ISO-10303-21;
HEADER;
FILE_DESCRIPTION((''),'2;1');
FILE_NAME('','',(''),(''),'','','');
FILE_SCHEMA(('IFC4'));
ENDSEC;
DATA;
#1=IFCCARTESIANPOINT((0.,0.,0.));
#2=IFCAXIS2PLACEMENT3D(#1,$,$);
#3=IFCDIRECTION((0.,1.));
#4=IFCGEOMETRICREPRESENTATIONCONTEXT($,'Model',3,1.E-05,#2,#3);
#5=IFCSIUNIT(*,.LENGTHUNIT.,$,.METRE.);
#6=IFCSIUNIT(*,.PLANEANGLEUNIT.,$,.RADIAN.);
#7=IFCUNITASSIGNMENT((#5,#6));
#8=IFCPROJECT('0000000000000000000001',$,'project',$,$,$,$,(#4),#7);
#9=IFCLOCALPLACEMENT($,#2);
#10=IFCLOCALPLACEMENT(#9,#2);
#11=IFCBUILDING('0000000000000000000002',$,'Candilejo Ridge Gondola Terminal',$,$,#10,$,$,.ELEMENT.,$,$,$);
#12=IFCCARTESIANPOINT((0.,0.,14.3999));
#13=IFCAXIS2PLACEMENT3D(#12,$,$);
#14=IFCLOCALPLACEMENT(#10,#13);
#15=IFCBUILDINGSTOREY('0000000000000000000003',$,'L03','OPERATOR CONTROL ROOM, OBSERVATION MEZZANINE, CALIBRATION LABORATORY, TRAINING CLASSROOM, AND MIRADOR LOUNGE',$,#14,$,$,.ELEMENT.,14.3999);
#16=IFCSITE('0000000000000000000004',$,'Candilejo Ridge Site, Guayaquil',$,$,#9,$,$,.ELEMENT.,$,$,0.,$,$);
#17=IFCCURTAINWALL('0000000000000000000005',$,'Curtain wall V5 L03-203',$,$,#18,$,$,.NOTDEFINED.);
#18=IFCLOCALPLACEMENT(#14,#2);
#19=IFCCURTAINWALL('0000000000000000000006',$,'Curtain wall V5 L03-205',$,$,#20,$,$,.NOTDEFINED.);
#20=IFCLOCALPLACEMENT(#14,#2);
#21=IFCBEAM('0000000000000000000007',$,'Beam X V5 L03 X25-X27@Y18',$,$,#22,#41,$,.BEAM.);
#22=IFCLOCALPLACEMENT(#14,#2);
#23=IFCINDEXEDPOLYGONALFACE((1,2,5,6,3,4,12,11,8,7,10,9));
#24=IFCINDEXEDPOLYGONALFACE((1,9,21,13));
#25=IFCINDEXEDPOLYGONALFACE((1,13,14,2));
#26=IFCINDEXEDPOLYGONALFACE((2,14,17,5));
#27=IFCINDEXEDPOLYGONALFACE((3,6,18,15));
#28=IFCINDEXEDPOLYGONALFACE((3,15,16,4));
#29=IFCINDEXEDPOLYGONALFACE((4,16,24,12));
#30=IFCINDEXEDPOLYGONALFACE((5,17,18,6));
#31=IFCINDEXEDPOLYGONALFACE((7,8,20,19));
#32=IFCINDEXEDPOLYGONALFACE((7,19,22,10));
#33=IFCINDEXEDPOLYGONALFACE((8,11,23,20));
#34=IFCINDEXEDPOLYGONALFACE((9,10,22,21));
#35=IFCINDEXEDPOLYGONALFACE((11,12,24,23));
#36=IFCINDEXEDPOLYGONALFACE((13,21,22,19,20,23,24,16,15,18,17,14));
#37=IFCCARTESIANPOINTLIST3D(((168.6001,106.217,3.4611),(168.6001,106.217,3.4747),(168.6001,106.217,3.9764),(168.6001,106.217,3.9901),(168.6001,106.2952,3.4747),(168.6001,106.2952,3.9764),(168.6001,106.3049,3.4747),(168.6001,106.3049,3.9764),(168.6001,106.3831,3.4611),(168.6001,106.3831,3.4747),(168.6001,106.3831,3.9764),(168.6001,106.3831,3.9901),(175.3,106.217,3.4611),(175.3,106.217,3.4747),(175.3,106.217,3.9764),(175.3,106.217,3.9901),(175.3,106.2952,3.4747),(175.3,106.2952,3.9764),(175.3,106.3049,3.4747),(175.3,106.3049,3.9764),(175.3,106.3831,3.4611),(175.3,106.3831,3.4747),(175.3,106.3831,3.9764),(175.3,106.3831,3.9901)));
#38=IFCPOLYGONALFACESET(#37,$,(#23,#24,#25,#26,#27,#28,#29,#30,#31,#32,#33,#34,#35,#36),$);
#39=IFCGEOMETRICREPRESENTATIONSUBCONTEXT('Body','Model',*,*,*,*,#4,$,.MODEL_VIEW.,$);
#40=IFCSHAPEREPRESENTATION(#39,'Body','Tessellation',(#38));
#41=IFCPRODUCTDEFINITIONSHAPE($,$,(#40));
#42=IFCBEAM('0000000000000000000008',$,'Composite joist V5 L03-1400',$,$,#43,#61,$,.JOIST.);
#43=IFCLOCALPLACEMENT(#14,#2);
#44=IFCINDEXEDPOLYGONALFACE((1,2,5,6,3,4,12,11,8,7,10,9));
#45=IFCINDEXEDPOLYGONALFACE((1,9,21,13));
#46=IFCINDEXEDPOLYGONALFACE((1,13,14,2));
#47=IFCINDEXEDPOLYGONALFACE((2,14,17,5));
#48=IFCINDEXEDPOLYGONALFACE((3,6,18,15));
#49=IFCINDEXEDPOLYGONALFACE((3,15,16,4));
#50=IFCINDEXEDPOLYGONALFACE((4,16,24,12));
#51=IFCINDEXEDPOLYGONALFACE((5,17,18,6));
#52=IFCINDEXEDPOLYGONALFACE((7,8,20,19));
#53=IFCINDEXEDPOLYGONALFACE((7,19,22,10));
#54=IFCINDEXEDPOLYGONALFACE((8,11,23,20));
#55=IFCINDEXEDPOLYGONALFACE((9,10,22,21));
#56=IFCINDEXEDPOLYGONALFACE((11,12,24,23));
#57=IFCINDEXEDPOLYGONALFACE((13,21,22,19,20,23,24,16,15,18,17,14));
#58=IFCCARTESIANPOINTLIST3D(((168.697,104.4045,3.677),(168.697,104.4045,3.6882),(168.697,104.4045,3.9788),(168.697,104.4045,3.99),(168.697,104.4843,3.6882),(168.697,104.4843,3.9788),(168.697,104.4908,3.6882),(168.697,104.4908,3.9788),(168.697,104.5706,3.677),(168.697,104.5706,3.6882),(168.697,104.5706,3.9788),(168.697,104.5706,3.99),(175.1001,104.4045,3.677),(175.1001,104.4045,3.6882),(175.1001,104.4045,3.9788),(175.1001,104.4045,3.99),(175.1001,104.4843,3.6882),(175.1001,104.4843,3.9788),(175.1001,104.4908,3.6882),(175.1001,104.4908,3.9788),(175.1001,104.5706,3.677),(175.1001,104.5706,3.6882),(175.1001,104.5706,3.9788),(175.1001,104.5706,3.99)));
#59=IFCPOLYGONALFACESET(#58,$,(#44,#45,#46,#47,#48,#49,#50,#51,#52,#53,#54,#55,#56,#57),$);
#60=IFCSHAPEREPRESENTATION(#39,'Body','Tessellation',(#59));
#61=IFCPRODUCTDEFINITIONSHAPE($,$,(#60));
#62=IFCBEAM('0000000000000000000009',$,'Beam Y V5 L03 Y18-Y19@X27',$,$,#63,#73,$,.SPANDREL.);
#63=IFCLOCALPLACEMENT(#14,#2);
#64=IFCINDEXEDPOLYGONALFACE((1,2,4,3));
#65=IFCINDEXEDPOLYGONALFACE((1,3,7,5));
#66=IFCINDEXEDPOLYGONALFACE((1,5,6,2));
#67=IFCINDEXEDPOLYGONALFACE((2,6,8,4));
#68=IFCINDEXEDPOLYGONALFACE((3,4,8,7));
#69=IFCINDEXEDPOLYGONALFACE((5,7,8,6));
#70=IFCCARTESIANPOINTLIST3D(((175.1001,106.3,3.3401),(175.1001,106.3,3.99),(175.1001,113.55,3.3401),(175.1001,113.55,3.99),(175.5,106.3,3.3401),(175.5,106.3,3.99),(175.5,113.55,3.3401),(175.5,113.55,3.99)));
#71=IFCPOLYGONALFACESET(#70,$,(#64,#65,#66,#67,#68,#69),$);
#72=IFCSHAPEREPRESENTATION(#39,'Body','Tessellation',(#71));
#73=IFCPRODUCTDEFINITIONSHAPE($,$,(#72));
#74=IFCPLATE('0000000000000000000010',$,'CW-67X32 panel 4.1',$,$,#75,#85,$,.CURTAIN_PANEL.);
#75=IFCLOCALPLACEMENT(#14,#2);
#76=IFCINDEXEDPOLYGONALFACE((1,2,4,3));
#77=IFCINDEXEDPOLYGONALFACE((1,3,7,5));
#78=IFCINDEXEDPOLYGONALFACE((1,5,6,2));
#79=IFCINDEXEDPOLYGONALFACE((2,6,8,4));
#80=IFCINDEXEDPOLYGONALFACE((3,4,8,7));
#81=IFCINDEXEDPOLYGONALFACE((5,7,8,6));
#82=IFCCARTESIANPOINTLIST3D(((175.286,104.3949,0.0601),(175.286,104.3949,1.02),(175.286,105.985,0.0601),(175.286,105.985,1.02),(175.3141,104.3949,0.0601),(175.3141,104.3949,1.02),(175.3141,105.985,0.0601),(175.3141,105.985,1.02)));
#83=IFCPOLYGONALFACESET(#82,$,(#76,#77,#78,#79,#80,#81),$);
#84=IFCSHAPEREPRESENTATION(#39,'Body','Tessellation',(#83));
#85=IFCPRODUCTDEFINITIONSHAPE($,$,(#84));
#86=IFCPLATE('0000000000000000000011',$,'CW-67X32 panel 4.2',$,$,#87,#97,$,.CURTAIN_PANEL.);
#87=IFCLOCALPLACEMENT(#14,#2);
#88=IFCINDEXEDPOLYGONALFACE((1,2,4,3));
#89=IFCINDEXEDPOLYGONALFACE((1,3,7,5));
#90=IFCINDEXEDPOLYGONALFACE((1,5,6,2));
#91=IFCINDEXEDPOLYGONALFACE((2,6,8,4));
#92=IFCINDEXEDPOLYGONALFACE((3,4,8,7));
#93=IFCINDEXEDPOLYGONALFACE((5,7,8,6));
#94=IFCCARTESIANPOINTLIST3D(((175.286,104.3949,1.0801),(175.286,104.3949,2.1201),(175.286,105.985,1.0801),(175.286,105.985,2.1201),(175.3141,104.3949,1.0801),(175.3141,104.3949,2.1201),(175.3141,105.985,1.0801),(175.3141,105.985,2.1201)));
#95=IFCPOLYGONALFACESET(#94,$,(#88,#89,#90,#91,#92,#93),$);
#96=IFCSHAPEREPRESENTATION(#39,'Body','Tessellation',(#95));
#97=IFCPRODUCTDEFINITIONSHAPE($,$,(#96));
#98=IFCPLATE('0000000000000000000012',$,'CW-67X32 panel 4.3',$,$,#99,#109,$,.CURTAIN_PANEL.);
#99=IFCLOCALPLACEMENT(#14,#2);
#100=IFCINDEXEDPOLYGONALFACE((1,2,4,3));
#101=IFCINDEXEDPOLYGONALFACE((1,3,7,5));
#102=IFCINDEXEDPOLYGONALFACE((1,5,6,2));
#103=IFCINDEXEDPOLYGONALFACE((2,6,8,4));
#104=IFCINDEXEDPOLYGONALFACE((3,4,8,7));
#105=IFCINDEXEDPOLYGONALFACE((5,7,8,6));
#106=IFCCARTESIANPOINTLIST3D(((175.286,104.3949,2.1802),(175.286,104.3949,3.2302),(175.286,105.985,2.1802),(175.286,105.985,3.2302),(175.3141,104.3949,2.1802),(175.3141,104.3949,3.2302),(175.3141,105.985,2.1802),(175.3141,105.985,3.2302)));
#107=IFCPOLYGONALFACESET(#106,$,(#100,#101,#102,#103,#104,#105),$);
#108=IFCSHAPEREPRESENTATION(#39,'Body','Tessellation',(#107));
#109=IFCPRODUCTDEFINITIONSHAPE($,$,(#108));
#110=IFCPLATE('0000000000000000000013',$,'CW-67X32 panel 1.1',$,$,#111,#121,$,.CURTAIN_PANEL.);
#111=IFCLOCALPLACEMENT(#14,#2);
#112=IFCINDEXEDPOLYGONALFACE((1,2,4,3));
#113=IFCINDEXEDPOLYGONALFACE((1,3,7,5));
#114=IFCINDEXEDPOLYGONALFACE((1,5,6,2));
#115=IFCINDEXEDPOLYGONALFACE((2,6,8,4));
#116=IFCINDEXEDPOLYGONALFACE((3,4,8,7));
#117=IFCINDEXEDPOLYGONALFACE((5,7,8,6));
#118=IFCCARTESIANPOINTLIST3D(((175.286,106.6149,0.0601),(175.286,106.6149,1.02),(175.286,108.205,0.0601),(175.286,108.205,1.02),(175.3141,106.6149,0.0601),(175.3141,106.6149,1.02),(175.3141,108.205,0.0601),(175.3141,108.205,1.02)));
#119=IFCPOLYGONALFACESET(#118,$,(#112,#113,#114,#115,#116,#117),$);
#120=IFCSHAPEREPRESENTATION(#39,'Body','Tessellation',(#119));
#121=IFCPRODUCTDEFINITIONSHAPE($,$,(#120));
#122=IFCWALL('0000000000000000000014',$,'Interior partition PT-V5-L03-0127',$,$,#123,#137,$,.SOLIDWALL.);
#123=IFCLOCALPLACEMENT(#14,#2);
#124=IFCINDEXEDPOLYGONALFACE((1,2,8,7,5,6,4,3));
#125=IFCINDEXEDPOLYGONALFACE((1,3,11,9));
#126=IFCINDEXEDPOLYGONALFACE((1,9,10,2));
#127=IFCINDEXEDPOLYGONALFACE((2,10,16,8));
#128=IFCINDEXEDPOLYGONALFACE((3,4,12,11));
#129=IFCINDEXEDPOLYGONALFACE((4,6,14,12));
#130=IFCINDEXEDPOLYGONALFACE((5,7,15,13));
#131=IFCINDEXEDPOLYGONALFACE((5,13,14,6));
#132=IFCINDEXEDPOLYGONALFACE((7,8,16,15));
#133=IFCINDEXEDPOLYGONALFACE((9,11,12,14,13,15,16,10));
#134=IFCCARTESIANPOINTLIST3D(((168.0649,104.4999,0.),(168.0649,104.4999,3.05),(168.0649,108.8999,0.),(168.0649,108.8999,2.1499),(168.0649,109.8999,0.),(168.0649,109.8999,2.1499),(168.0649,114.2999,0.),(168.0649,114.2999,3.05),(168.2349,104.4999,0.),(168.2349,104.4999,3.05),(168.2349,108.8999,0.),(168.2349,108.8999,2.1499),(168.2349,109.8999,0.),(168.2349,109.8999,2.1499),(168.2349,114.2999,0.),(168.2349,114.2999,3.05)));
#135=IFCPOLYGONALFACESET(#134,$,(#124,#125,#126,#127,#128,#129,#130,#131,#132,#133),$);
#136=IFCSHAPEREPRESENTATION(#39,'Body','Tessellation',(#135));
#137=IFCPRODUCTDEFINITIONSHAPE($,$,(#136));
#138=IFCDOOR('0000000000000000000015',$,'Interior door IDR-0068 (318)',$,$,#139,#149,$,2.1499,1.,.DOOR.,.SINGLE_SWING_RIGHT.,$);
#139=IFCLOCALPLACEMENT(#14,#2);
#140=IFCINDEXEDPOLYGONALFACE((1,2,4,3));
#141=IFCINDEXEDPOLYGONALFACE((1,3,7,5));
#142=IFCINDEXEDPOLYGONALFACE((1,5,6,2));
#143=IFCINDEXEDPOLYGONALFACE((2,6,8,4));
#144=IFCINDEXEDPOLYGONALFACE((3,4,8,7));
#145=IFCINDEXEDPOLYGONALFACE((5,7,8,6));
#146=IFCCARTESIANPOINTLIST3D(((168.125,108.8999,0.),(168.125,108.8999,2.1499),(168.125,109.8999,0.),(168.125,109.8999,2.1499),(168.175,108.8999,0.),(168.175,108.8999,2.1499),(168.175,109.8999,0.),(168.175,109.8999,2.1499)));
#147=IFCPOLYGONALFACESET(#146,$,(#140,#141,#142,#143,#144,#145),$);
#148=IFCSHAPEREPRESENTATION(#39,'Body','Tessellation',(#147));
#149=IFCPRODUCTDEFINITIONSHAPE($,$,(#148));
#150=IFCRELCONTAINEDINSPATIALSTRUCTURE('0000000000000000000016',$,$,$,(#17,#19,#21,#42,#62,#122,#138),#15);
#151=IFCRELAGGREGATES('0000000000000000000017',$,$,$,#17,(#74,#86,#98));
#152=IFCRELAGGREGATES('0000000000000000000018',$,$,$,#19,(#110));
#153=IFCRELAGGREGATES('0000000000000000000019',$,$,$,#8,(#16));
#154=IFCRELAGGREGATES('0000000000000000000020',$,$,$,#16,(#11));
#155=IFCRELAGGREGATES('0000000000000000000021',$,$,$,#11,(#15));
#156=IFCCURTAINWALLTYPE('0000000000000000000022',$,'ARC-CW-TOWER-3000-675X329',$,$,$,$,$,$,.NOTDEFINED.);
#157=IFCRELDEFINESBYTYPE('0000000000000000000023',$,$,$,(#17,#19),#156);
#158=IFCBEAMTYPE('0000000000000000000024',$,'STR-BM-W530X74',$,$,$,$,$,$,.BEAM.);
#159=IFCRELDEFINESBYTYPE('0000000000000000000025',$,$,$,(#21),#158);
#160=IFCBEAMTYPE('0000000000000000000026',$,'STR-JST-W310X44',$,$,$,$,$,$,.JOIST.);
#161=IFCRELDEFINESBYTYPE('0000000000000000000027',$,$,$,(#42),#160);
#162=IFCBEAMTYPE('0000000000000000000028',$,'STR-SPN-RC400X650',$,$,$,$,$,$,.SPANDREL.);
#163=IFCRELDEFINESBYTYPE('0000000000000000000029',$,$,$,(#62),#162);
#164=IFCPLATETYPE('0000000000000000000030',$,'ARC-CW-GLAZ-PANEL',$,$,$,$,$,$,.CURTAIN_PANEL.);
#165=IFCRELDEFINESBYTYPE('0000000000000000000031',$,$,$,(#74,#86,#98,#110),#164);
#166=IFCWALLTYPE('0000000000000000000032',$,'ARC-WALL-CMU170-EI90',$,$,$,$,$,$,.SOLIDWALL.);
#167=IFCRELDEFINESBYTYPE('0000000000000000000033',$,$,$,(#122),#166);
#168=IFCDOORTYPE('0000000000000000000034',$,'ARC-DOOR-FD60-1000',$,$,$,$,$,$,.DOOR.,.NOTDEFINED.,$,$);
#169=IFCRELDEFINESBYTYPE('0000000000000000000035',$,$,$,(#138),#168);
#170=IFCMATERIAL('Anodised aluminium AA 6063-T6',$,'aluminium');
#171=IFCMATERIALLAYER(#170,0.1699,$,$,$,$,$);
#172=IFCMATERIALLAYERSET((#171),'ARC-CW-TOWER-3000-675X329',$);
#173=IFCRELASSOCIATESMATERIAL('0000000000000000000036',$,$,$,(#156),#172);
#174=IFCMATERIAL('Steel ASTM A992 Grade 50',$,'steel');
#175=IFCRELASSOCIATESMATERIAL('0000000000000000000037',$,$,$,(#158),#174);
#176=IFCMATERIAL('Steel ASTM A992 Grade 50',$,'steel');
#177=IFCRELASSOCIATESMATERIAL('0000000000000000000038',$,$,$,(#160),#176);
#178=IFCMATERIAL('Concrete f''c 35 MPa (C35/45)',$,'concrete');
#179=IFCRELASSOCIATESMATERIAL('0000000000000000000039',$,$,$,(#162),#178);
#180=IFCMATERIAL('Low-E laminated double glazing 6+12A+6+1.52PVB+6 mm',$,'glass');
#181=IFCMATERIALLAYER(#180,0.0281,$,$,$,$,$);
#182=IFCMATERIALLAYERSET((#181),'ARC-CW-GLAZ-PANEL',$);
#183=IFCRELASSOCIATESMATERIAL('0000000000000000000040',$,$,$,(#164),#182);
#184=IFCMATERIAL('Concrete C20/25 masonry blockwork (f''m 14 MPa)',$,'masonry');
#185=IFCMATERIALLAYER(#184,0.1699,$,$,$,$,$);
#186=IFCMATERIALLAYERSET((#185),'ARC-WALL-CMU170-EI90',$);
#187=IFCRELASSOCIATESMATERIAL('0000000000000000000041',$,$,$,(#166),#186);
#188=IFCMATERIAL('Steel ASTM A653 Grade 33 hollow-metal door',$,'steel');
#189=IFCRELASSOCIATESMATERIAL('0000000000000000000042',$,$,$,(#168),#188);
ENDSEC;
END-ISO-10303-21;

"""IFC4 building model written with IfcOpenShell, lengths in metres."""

from ifc_helpers import new_model, si_unit, direction, frame, frame_2d, origin, origin_2d, place, context, subcontext, project, spatial, rectangle, i_section, extrude, material, layer, layer_set, material_profile, profile_set, type_object, element, fill, aggregate, save


model = new_model("IFC4")

# Units and contexts
model_context = context("Model", 3, precision=1e-05, world=origin(), true_north=direction((0.0, 1.0)))
body_context = subcontext(model_context, "Body", "Model", "MODEL_VIEW")
ifc_project = project(units=[si_unit("LENGTHUNIT", "METRE"), si_unit("PLANEANGLEUNIT", "RADIAN")], contexts=[model_context])

# Site, building, storey
site_placement = place(None, origin())
site = spatial("IfcSite", under=ifc_project, at=site_placement, Name="Candilejo Ridge Site, Guayaquil", CompositionType="ELEMENT", RefElevation=0.0)
building_placement = place(site_placement, origin())
building = spatial("IfcBuilding", under=site, at=building_placement, Name="Candilejo Ridge Gondola Terminal", CompositionType="ELEMENT")
storey_placement = place(building_placement, frame((0.0, 0.0, 14.3999)))
storey = spatial("IfcBuildingStorey", under=building, at=storey_placement, Name="L03", Description="OPERATOR CONTROL ROOM, OBSERVATION MEZZANINE, CALIBRATION LABORATORY, TRAINING CLASSROOM, AND MIRADOR LOUNGE", CompositionType="ELEMENT", Elevation=14.3999)

# Curtain walls
ifc_material_1 = material(Name="Anodised aluminium AA 6063-T6", Category="aluminium")
ifc_layer_1 = layer(ifc_material_1, 0.1699)
ifc_layer_set_1 = layer_set([ifc_layer_1], Name="ARC-CW-TOWER-3000-675X329")
curtain_wall_type = type_object("IfcCurtainWallType", Name="ARC-CW-TOWER-3000-675X329", PredefinedType="NOTDEFINED", material=ifc_layer_set_1)
curtain_wall_1_placement = place(storey_placement, origin())
curtain_wall_1 = element("IfcCurtainWall", 1, at=curtain_wall_1_placement, inside=storey, type_object=curtain_wall_type, Name="Curtain wall V5 L03-203", PredefinedType="NOTDEFINED")
curtain_wall_2_placement = place(storey_placement, origin())
curtain_wall_2 = element("IfcCurtainWall", 2, at=curtain_wall_2_placement, inside=storey, type_object=curtain_wall_type, Name="Curtain wall V5 L03-205", PredefinedType="NOTDEFINED")

# Beams
ifc_material_2 = material(Name="Steel ASTM A992 Grade 50", Category="steel")
ifc_material_profile_1 = material_profile(ifc_material_2, i_section(OverallWidth=0.166, OverallDepth=0.5291, WebThickness=0.0098, FlangeThickness=0.0137, at=origin_2d()))
ifc_profile_set_1 = profile_set([ifc_material_profile_1], Name="Steel ASTM A992 Grade 50")
beam_type_1 = type_object("IfcBeamType", Name="STR-BM-W530X74", PredefinedType="BEAM", material=ifc_profile_set_1)
beam_1_placement = place(storey_placement, frame((168.6001, 106.3, 3.7256), z_axis=(1.0, 0.0, 0.0), x_axis=(0.0, 1.0, 0.0)))
element("IfcBeam", 3, at=beam_1_placement, inside=storey, type_object=beam_type_1, Name="Beam X V5 L03 X25-X27@Y18", PredefinedType="BEAM", context=body_context, shape_type="SweptSolid", body=[
    extrude(i_section(OverallWidth=0.166, OverallDepth=0.5291, WebThickness=0.0098, FlangeThickness=0.0137, at=origin_2d()), origin(), (0.0, 0.0, 1.0), 6.7),
])
ifc_material_3 = material(Name="Steel ASTM A992 Grade 50", Category="steel")
ifc_material_profile_2 = material_profile(ifc_material_3, i_section(OverallWidth=0.166, OverallDepth=0.313, WebThickness=0.0066, FlangeThickness=0.0112, at=origin_2d()))
ifc_profile_set_2 = profile_set([ifc_material_profile_2], Name="Steel ASTM A992 Grade 50")
beam_type_2 = type_object("IfcBeamType", Name="STR-JST-W310X44", PredefinedType="JOIST", material=ifc_profile_set_2)
beam_2_placement = place(storey_placement, frame((168.697, 104.4875, 3.8335), z_axis=(1.0, 0.0, 0.0), x_axis=(0.0, 1.0, 0.0)))
element("IfcBeam", 4, at=beam_2_placement, inside=storey, type_object=beam_type_2, Name="Composite joist V5 L03-1400", PredefinedType="JOIST", context=body_context, shape_type="SweptSolid", body=[
    extrude(i_section(OverallWidth=0.166, OverallDepth=0.313, WebThickness=0.0066, FlangeThickness=0.0112, at=origin_2d()), origin(), (0.0, 0.0, 1.0), 6.4031),
])
ifc_material_4 = material(Name="Concrete f'c 35 MPa (C35/45)", Category="concrete")
ifc_material_profile_3 = material_profile(ifc_material_4, rectangle(XDim=0.3999, YDim=0.6499, at=origin_2d()))
ifc_profile_set_3 = profile_set([ifc_material_profile_3], Name="Concrete f'c 35 MPa (C35/45)")
beam_type_3 = type_object("IfcBeamType", Name="STR-SPN-RC400X650", PredefinedType="SPANDREL", material=ifc_profile_set_3)
beam_3_placement = place(storey_placement, frame((175.3, 106.3, 3.665), z_axis=(0.0, 1.0, 0.0), x_axis=(-1.0, 0.0, 0.0)))
element("IfcBeam", 5, at=beam_3_placement, inside=storey, type_object=beam_type_3, Name="Beam Y V5 L03 Y18-Y19@X27", PredefinedType="SPANDREL", context=body_context, shape_type="SweptSolid", body=[
    extrude(rectangle(XDim=0.3999, YDim=0.6499, at=origin_2d()), origin(), (0.0, 0.0, 1.0), 7.25),
])

# Plates
ifc_material_5 = material(Name="Low-E laminated double glazing 6+12A+6+1.52PVB+6 mm", Category="glass")
ifc_layer_2 = layer(ifc_material_5, 0.0281)
ifc_layer_set_2 = layer_set([ifc_layer_2], Name="ARC-CW-GLAZ-PANEL")
plate_type = type_object("IfcPlateType", Name="ARC-CW-GLAZ-PANEL", PredefinedType="CURTAIN_PANEL", material=ifc_layer_set_2)
plate_1_placement = place(storey_placement, frame((175.3, 105.1899, 0.0601), z_axis=(0.0, 0.0, 1.0), x_axis=(0.0, 1.0, 0.0)))
plate_1 = element("IfcPlate", 6, at=plate_1_placement, type_object=plate_type, Name="CW-67X32 panel 4.1", PredefinedType="CURTAIN_PANEL", context=body_context, shape_type="SweptSolid", body=[
    extrude(rectangle(XDim=1.5901, YDim=0.0281, at=origin_2d()), origin(), (0.0, 0.0, 1.0), 0.96),
])
plate_2_placement = place(storey_placement, frame((175.3, 105.1899, 1.0801), z_axis=(0.0, 0.0, 1.0), x_axis=(0.0, 1.0, 0.0)))
plate_2 = element("IfcPlate", 7, at=plate_2_placement, type_object=plate_type, Name="CW-67X32 panel 4.2", PredefinedType="CURTAIN_PANEL", context=body_context, shape_type="SweptSolid", body=[
    extrude(rectangle(XDim=1.5901, YDim=0.0281, at=origin_2d()), origin(), (0.0, 0.0, 1.0), 1.04),
])
plate_3_placement = place(storey_placement, frame((175.3, 105.1899, 2.1802), z_axis=(0.0, 0.0, 1.0), x_axis=(0.0, 1.0, 0.0)))
plate_3 = element("IfcPlate", 8, at=plate_3_placement, type_object=plate_type, Name="CW-67X32 panel 4.3", PredefinedType="CURTAIN_PANEL", context=body_context, shape_type="SweptSolid", body=[
    extrude(rectangle(XDim=1.5901, YDim=0.0281, at=origin_2d()), origin(), (0.0, 0.0, 1.0), 1.05),
])
aggregate(curtain_wall_1, [plate_1, plate_2, plate_3])
plate_4_placement = place(storey_placement, frame((175.3, 107.4099, 0.0601), z_axis=(0.0, 0.0, 1.0), x_axis=(0.0, 1.0, 0.0)))
plate_4 = element("IfcPlate", 9, at=plate_4_placement, type_object=plate_type, Name="CW-67X32 panel 1.1", PredefinedType="CURTAIN_PANEL", context=body_context, shape_type="SweptSolid", body=[
    extrude(rectangle(XDim=1.5901, YDim=0.0281, at=origin_2d()), origin(), (0.0, 0.0, 1.0), 0.96),
])
aggregate(curtain_wall_2, [plate_4])

# Wall, opening, door
ifc_material_6 = material(Name="Concrete C20/25 masonry blockwork (f'm 14 MPa)", Category="masonry")
ifc_layer_3 = layer(ifc_material_6, 0.1699)
ifc_layer_set_3 = layer_set([ifc_layer_3], Name="ARC-WALL-CMU170-EI90")
wall_type = type_object("IfcWallType", Name="ARC-WALL-CMU170-EI90", PredefinedType="SOLIDWALL", material=ifc_layer_set_3)
wall_placement = place(storey_placement, frame((168.1499, 104.5, 0.0), z_axis=(0.0, 0.0, 1.0), x_axis=(0.0, 1.0, 0.0)))
wall = element("IfcWall", 10, at=wall_placement, inside=storey, type_object=wall_type, Name="Interior partition PT-V5-L03-0127", PredefinedType="SOLIDWALL", context=body_context, shape_type="SweptSolid", body=[
    extrude(rectangle(XDim=9.8, YDim=0.1699, at=frame_2d((4.8999, 0.0))), origin(), (0.0, 0.0, 1.0), 3.05),
])
opening_placement = place(wall_placement, frame((4.3999, 0.0, 0.0)))
opening = element("IfcOpeningElement", 11, at=opening_placement, cuts=wall, PredefinedType="OPENING", context=body_context, shape_type="SweptSolid", body=[
    extrude(rectangle(XDim=1.0, YDim=2.1499, at=frame_2d((0.5, 1.075))), frame((0.0, 0.095, 0.0), z_axis=(0.0, -1.0, 0.0), x_axis=(1.0, 0.0, 0.0)), (0.0, 0.0, 1.0), 0.1899),
])
ifc_material_7 = material(Name="Steel ASTM A653 Grade 33 hollow-metal door", Category="steel")
door_type = type_object("IfcDoorType", Name="ARC-DOOR-FD60-1000", OperationType="NOTDEFINED", PredefinedType="DOOR", material=ifc_material_7)
door_placement = place(opening_placement, origin())
door = element("IfcDoor", 12, at=door_placement, inside=storey, type_object=door_type, Name="Interior door IDR-0068 (318)", OperationType="SINGLE_SWING_RIGHT", OverallHeight=2.1499, OverallWidth=1.0, PredefinedType="DOOR", context=body_context, shape_type="SweptSolid", body=[
    extrude(rectangle(XDim=1.0, YDim=2.1499, at=frame_2d((0.5, 1.075))), frame((0.0, 0.0249, 0.0), z_axis=(0.0, -1.0, 0.0), x_axis=(1.0, 0.0, 0.0)), (0.0, 0.0, 1.0), 0.05),
])
fill(opening, door)

save(model, "model.ifc")
